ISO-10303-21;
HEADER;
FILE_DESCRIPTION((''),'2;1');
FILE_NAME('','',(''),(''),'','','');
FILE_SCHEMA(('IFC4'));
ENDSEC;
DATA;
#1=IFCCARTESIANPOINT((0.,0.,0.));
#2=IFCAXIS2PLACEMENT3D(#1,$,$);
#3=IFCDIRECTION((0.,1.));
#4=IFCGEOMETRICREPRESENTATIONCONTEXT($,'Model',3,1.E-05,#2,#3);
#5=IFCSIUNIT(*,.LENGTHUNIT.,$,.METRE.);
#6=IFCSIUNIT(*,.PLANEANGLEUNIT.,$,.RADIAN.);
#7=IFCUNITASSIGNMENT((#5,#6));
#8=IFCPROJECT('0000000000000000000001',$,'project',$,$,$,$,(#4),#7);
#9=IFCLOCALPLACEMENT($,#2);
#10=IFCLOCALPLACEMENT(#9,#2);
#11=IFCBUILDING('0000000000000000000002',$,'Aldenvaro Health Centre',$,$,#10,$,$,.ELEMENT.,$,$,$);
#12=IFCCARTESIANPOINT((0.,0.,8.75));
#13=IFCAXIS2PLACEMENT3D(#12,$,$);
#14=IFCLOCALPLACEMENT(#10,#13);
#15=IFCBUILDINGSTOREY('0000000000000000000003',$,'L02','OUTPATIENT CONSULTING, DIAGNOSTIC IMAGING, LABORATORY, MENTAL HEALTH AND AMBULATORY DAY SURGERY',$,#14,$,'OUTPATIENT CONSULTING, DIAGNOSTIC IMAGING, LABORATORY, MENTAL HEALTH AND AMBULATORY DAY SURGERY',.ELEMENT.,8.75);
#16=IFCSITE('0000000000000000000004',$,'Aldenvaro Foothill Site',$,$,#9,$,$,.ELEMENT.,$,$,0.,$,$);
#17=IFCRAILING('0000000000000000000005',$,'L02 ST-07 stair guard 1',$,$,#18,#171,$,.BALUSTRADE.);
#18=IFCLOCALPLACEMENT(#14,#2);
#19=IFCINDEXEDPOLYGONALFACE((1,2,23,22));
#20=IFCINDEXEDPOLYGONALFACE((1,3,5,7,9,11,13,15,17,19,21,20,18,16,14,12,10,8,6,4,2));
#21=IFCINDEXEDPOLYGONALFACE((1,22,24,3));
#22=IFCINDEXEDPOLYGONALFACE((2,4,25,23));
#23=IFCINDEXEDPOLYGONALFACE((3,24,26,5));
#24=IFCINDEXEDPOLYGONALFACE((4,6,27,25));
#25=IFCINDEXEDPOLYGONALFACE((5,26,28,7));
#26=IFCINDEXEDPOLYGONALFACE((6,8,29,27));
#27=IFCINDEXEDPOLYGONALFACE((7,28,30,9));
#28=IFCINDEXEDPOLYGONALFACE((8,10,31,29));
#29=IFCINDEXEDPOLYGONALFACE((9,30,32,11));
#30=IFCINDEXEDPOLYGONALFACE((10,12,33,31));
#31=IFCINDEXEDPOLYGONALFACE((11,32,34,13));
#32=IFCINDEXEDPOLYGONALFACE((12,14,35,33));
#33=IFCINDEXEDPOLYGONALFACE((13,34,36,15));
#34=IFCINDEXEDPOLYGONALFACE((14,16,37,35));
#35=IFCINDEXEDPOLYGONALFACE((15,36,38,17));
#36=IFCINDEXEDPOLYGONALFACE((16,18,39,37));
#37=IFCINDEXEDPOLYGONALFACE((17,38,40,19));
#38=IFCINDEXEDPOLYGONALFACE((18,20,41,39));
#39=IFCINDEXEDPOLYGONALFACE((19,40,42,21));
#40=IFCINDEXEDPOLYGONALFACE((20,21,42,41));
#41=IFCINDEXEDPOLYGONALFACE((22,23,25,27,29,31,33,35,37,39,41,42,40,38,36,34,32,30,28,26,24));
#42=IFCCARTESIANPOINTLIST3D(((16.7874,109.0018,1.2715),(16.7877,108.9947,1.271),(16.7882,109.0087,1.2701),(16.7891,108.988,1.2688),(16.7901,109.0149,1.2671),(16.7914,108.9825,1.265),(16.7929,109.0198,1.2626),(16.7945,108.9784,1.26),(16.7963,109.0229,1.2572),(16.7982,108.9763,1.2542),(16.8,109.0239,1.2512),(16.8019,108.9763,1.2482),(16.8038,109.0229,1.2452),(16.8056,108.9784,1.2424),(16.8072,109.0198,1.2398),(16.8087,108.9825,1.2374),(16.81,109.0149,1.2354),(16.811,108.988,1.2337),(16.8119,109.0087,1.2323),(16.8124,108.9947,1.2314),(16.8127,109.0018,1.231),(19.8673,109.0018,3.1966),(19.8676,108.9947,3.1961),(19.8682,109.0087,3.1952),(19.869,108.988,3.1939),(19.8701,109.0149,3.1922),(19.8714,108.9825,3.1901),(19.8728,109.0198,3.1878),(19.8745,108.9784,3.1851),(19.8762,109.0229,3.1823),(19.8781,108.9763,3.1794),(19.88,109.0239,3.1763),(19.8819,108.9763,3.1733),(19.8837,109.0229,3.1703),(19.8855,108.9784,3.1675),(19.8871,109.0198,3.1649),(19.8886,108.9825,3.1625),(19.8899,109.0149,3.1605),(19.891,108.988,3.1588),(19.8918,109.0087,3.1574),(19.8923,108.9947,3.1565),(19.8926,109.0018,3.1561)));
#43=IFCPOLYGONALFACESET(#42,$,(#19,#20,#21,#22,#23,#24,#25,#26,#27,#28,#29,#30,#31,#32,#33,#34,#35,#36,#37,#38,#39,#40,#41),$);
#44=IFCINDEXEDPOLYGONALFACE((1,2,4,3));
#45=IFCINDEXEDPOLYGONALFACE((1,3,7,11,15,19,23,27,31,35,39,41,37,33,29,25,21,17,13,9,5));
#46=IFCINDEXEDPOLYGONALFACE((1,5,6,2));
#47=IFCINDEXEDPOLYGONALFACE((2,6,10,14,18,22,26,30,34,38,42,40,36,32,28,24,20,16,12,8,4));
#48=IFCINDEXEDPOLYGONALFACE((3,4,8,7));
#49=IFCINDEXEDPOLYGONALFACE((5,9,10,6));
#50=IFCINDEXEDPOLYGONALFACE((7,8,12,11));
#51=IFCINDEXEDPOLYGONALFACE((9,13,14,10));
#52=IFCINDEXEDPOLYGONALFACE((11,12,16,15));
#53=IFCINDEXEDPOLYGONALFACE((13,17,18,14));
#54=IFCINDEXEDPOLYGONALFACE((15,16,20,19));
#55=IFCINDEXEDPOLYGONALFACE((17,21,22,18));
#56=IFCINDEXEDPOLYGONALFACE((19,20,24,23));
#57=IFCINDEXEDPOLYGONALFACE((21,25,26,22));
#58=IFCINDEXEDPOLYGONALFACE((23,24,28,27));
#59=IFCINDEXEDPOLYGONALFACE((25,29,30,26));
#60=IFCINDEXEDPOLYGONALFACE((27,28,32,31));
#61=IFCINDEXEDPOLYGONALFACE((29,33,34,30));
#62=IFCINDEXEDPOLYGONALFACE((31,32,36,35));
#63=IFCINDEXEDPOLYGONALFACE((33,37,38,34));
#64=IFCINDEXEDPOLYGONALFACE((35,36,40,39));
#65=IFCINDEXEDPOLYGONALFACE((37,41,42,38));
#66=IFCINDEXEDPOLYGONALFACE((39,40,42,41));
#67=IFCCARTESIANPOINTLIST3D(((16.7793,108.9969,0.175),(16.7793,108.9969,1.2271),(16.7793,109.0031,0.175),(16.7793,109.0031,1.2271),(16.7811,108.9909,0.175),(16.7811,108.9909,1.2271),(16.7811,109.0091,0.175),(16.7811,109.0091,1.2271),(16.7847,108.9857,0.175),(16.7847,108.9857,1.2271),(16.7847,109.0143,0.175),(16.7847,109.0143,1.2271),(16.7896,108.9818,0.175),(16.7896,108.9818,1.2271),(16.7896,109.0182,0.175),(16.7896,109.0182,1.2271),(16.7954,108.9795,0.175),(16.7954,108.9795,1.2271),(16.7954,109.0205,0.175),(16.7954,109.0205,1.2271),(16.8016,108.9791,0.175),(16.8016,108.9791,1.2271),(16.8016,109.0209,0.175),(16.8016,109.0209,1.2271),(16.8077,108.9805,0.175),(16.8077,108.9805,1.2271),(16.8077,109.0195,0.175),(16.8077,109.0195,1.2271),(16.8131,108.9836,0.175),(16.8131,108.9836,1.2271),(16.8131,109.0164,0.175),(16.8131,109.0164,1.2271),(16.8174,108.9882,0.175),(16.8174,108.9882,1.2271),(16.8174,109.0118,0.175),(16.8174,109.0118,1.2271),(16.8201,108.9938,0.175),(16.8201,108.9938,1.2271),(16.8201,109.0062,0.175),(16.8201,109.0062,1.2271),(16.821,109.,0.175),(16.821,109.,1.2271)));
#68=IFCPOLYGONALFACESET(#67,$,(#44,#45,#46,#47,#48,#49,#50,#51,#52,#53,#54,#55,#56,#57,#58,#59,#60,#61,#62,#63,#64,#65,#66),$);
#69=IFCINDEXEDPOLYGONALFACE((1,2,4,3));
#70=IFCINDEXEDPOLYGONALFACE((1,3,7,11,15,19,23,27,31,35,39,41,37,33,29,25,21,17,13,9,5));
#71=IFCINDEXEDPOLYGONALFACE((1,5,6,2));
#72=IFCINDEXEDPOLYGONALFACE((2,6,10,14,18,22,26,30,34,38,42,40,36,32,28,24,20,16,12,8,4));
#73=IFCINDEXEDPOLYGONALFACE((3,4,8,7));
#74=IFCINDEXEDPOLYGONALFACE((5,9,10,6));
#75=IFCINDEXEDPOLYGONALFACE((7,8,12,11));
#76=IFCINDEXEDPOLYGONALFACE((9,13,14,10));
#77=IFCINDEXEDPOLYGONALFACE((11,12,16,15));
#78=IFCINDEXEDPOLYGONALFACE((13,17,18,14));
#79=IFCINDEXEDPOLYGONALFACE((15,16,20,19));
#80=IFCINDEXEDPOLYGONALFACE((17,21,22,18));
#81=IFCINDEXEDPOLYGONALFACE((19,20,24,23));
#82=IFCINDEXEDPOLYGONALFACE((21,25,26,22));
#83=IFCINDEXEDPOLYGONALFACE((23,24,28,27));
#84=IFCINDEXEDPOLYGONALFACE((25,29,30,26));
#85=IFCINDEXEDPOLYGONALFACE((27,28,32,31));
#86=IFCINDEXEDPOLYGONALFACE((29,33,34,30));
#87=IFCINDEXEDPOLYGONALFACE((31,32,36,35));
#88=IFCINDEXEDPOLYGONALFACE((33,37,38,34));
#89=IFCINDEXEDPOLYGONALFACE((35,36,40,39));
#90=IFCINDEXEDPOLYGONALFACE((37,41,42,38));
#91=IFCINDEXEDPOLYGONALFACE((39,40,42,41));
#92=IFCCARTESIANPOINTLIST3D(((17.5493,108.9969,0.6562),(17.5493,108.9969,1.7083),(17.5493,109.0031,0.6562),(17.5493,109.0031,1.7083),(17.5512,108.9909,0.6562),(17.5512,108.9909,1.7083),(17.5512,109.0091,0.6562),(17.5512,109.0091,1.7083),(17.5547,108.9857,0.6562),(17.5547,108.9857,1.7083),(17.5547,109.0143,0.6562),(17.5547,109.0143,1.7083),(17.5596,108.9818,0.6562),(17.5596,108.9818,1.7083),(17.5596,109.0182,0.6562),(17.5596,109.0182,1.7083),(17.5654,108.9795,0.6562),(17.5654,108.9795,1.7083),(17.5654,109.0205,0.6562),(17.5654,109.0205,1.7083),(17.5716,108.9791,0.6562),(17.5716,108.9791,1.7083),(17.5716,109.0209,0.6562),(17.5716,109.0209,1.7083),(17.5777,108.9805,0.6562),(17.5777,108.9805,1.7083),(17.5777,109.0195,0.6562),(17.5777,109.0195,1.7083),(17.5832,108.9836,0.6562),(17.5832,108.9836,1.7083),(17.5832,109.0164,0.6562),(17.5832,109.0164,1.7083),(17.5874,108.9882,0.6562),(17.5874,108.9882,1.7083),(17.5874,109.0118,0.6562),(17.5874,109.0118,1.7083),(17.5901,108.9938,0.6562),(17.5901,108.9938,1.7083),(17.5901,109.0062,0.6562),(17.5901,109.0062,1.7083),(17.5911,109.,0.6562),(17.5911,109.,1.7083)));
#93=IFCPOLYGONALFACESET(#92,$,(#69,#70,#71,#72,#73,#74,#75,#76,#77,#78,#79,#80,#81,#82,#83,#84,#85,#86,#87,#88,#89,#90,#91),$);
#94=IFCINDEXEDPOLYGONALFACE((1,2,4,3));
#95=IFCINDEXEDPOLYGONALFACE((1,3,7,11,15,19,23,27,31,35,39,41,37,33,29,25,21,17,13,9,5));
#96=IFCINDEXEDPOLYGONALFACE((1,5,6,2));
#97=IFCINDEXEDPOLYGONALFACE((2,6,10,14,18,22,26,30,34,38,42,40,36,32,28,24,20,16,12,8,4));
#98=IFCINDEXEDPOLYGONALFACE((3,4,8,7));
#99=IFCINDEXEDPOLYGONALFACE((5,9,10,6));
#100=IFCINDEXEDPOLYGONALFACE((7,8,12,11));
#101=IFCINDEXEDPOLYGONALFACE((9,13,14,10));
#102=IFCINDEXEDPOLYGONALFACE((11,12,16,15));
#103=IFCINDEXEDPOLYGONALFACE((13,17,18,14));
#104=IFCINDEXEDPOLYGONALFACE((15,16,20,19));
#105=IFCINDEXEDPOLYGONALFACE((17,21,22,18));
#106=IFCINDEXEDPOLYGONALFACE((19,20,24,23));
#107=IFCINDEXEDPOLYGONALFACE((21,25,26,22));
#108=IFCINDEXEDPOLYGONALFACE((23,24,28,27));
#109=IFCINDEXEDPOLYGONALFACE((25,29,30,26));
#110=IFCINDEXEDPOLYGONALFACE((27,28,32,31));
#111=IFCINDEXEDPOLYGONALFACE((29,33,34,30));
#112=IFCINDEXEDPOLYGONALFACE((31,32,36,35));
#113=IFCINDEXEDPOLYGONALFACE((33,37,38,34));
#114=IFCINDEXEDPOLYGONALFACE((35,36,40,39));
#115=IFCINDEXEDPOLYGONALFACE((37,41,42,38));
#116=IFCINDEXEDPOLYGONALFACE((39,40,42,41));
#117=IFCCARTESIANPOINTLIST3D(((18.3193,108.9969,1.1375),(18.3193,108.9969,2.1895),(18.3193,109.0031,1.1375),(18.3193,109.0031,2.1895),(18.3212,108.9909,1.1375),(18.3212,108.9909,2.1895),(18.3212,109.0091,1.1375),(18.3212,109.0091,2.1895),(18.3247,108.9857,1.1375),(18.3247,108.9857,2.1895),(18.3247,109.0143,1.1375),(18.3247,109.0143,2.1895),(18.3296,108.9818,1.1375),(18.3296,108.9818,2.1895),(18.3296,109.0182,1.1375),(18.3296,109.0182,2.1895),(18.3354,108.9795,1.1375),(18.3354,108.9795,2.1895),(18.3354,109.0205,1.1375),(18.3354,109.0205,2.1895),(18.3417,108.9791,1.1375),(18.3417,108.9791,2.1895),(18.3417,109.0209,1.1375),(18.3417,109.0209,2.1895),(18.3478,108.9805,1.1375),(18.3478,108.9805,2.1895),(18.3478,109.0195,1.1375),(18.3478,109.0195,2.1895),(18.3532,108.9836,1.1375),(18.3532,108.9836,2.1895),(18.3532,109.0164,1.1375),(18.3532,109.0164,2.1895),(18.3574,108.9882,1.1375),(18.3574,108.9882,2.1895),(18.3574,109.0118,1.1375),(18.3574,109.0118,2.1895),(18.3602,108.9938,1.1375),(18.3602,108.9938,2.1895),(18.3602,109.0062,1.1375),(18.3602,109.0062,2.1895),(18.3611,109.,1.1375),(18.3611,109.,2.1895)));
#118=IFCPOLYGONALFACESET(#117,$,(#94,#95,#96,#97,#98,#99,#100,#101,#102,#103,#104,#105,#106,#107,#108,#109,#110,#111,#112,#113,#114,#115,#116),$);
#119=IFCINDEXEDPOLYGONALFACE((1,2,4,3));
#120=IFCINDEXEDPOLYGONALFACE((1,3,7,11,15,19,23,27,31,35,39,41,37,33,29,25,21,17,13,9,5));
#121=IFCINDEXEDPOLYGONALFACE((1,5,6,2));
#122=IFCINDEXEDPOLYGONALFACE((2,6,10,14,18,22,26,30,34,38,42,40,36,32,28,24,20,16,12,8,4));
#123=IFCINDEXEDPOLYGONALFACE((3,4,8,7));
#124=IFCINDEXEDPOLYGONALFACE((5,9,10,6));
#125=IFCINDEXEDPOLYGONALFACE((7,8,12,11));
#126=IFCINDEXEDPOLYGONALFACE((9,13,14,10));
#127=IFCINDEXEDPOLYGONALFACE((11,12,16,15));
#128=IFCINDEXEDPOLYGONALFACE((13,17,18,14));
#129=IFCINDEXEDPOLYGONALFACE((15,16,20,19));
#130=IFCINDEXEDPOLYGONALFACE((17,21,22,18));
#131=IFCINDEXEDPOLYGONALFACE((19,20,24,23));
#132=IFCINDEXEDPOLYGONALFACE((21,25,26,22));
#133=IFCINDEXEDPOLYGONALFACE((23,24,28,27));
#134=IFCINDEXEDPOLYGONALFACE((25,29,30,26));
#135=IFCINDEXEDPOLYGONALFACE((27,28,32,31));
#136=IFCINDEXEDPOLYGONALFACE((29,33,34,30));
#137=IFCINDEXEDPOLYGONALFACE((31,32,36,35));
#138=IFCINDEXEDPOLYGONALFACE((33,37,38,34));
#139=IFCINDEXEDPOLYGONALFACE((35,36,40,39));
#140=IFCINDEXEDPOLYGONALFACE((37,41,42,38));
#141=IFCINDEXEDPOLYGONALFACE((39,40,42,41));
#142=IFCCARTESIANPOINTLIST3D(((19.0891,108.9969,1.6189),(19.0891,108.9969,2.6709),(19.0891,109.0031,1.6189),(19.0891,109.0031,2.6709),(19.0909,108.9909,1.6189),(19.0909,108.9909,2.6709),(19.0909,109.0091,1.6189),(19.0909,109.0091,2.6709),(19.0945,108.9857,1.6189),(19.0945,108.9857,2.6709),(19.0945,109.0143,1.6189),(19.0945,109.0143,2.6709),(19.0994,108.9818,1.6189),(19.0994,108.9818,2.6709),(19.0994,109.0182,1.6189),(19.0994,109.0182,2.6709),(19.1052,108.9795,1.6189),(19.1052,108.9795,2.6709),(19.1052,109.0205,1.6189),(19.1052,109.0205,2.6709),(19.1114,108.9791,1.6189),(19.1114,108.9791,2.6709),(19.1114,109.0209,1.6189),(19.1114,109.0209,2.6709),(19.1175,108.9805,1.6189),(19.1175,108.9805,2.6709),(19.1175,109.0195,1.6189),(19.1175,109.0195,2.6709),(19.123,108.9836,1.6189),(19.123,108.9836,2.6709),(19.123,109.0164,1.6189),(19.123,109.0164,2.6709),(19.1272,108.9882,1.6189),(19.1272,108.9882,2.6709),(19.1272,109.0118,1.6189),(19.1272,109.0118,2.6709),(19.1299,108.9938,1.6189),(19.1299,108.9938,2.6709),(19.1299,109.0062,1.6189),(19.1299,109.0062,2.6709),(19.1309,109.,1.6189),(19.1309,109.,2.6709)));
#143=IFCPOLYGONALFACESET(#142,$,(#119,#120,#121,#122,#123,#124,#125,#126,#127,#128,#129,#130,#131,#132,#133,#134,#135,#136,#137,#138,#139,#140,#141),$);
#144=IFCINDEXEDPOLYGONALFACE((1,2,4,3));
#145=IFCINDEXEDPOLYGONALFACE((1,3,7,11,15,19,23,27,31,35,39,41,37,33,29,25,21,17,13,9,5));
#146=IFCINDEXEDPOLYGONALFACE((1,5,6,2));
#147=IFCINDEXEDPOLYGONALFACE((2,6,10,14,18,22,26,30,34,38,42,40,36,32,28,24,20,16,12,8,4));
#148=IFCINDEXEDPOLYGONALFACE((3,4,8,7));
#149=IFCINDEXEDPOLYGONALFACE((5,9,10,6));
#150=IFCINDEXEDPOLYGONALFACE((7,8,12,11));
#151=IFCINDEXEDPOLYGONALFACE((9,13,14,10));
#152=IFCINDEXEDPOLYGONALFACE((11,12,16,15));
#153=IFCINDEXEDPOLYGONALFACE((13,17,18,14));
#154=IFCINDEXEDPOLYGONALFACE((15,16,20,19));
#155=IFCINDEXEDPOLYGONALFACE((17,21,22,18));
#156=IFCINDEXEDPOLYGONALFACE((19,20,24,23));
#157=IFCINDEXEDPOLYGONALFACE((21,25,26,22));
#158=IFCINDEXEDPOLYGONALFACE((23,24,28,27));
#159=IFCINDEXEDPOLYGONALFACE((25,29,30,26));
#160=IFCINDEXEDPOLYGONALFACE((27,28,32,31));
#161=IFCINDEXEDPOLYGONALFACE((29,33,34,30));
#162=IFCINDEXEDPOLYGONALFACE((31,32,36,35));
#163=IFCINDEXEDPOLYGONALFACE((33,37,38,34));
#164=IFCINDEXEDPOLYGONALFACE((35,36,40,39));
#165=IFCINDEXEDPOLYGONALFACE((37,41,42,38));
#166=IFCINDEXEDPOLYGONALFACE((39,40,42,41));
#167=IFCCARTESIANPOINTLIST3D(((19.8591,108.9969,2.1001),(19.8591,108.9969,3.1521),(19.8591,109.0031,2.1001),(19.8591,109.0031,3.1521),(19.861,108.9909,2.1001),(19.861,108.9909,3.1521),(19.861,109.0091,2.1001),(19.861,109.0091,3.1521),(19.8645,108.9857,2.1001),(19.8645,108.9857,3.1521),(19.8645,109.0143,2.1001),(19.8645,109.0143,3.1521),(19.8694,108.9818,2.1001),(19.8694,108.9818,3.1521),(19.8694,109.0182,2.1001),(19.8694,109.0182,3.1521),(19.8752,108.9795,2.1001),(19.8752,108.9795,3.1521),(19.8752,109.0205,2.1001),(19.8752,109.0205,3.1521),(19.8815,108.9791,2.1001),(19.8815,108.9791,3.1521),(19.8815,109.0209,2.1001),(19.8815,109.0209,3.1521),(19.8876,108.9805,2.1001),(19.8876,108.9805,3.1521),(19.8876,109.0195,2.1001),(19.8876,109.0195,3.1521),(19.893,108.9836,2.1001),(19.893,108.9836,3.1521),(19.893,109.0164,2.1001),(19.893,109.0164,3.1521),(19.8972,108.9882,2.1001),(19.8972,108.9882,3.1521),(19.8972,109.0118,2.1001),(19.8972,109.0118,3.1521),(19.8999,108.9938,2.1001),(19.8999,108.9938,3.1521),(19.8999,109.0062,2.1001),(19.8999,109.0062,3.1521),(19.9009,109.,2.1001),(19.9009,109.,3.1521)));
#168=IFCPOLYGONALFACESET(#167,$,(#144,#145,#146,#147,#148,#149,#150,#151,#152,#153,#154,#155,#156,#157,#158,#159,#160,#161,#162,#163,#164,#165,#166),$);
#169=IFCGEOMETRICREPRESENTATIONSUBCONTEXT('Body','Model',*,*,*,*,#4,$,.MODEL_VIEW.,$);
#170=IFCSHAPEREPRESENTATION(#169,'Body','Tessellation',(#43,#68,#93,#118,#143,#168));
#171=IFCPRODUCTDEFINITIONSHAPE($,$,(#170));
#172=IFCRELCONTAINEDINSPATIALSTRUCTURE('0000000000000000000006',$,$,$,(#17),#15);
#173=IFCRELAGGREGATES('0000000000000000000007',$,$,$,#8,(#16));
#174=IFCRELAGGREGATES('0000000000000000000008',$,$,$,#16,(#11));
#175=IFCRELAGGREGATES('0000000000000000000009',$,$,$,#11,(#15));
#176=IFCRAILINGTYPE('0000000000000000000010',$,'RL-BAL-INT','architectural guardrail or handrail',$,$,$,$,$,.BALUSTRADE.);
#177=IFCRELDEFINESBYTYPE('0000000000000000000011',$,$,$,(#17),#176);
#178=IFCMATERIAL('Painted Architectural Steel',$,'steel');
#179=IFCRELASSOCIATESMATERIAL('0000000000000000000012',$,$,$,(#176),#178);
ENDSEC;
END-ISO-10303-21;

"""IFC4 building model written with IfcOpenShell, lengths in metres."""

from ifc_helpers import new_model, si_unit, direction, frame, origin, origin_2d, place, context, subcontext, project, spatial, circle, extrude, material, type_object, element, save


model = new_model("IFC4")

# Units and contexts
model_context = context("Model", 3, precision=1e-05, world=origin(), true_north=direction((0.0, 1.0)))
body_context = subcontext(model_context, "Body", "Model", "MODEL_VIEW")
ifc_project = project(units=[si_unit("LENGTHUNIT", "METRE"), si_unit("PLANEANGLEUNIT", "RADIAN")], contexts=[model_context])

# Site, building, storey
site_placement = place(None, origin())
site = spatial("IfcSite", under=ifc_project, at=site_placement, Name="Aldenvaro Foothill Site", CompositionType="ELEMENT", RefElevation=0.0)
building_placement = place(site_placement, origin())
building = spatial("IfcBuilding", under=site, at=building_placement, Name="Aldenvaro Health Centre", CompositionType="ELEMENT")
storey_placement = place(building_placement, frame((0.0, 0.0, 8.75)))
storey = spatial("IfcBuildingStorey", under=building, at=storey_placement, Name="L02", Description="OUTPATIENT CONSULTING, DIAGNOSTIC IMAGING, LABORATORY, MENTAL HEALTH AND AMBULATORY DAY SURGERY", LongName="OUTPATIENT CONSULTING, DIAGNOSTIC IMAGING, LABORATORY, MENTAL HEALTH AND AMBULATORY DAY SURGERY", CompositionType="ELEMENT", Elevation=8.75)

# Railing
ifc_material_1 = material(Name="Painted Architectural Steel", Category="steel")
railing_type_1 = type_object("IfcRailingType", Name="RL-BAL-INT", Description="architectural guardrail or handrail", PredefinedType="BALUSTRADE", material=ifc_material_1)
railing_1_placement = place(storey_placement, frame((16.8, 109.0, 0.175)))
element("IfcRailing", 1, at=railing_1_placement, inside=storey, type_object=railing_type_1, Name="L02 ST-07 stair guard 1", PredefinedType="BALUSTRADE", context=body_context, shape_type="SweptSolid", body=[
    extrude(circle(Radius=0.0239, at=origin_2d()), frame((0.0, 0.0, 1.0762), z_axis=(0.847979, 0.0, 0.530029), x_axis=(0.0, 1.0, 0.0)), (0.0, 0.0, 1.0), 3.6321),
    extrude(circle(Radius=0.021, at=origin_2d()), origin(), (0.0, 0.0, 1.0), 1.052),
    extrude(circle(Radius=0.021, at=origin_2d()), frame((0.77, 0.0, 0.4812)), (0.0, 0.0, 1.0), 1.052),
    extrude(circle(Radius=0.021, at=origin_2d()), frame((1.54, 0.0, 0.9624)), (0.0, 0.0, 1.0), 1.052),
    extrude(circle(Radius=0.021, at=origin_2d()), frame((2.3098, 0.0, 1.4438)), (0.0, 0.0, 1.0), 1.052),
    extrude(circle(Radius=0.021, at=origin_2d()), frame((3.0798, 0.0, 1.925)), (0.0, 0.0, 1.0), 1.052),
])

save(model, "model.ifc")
